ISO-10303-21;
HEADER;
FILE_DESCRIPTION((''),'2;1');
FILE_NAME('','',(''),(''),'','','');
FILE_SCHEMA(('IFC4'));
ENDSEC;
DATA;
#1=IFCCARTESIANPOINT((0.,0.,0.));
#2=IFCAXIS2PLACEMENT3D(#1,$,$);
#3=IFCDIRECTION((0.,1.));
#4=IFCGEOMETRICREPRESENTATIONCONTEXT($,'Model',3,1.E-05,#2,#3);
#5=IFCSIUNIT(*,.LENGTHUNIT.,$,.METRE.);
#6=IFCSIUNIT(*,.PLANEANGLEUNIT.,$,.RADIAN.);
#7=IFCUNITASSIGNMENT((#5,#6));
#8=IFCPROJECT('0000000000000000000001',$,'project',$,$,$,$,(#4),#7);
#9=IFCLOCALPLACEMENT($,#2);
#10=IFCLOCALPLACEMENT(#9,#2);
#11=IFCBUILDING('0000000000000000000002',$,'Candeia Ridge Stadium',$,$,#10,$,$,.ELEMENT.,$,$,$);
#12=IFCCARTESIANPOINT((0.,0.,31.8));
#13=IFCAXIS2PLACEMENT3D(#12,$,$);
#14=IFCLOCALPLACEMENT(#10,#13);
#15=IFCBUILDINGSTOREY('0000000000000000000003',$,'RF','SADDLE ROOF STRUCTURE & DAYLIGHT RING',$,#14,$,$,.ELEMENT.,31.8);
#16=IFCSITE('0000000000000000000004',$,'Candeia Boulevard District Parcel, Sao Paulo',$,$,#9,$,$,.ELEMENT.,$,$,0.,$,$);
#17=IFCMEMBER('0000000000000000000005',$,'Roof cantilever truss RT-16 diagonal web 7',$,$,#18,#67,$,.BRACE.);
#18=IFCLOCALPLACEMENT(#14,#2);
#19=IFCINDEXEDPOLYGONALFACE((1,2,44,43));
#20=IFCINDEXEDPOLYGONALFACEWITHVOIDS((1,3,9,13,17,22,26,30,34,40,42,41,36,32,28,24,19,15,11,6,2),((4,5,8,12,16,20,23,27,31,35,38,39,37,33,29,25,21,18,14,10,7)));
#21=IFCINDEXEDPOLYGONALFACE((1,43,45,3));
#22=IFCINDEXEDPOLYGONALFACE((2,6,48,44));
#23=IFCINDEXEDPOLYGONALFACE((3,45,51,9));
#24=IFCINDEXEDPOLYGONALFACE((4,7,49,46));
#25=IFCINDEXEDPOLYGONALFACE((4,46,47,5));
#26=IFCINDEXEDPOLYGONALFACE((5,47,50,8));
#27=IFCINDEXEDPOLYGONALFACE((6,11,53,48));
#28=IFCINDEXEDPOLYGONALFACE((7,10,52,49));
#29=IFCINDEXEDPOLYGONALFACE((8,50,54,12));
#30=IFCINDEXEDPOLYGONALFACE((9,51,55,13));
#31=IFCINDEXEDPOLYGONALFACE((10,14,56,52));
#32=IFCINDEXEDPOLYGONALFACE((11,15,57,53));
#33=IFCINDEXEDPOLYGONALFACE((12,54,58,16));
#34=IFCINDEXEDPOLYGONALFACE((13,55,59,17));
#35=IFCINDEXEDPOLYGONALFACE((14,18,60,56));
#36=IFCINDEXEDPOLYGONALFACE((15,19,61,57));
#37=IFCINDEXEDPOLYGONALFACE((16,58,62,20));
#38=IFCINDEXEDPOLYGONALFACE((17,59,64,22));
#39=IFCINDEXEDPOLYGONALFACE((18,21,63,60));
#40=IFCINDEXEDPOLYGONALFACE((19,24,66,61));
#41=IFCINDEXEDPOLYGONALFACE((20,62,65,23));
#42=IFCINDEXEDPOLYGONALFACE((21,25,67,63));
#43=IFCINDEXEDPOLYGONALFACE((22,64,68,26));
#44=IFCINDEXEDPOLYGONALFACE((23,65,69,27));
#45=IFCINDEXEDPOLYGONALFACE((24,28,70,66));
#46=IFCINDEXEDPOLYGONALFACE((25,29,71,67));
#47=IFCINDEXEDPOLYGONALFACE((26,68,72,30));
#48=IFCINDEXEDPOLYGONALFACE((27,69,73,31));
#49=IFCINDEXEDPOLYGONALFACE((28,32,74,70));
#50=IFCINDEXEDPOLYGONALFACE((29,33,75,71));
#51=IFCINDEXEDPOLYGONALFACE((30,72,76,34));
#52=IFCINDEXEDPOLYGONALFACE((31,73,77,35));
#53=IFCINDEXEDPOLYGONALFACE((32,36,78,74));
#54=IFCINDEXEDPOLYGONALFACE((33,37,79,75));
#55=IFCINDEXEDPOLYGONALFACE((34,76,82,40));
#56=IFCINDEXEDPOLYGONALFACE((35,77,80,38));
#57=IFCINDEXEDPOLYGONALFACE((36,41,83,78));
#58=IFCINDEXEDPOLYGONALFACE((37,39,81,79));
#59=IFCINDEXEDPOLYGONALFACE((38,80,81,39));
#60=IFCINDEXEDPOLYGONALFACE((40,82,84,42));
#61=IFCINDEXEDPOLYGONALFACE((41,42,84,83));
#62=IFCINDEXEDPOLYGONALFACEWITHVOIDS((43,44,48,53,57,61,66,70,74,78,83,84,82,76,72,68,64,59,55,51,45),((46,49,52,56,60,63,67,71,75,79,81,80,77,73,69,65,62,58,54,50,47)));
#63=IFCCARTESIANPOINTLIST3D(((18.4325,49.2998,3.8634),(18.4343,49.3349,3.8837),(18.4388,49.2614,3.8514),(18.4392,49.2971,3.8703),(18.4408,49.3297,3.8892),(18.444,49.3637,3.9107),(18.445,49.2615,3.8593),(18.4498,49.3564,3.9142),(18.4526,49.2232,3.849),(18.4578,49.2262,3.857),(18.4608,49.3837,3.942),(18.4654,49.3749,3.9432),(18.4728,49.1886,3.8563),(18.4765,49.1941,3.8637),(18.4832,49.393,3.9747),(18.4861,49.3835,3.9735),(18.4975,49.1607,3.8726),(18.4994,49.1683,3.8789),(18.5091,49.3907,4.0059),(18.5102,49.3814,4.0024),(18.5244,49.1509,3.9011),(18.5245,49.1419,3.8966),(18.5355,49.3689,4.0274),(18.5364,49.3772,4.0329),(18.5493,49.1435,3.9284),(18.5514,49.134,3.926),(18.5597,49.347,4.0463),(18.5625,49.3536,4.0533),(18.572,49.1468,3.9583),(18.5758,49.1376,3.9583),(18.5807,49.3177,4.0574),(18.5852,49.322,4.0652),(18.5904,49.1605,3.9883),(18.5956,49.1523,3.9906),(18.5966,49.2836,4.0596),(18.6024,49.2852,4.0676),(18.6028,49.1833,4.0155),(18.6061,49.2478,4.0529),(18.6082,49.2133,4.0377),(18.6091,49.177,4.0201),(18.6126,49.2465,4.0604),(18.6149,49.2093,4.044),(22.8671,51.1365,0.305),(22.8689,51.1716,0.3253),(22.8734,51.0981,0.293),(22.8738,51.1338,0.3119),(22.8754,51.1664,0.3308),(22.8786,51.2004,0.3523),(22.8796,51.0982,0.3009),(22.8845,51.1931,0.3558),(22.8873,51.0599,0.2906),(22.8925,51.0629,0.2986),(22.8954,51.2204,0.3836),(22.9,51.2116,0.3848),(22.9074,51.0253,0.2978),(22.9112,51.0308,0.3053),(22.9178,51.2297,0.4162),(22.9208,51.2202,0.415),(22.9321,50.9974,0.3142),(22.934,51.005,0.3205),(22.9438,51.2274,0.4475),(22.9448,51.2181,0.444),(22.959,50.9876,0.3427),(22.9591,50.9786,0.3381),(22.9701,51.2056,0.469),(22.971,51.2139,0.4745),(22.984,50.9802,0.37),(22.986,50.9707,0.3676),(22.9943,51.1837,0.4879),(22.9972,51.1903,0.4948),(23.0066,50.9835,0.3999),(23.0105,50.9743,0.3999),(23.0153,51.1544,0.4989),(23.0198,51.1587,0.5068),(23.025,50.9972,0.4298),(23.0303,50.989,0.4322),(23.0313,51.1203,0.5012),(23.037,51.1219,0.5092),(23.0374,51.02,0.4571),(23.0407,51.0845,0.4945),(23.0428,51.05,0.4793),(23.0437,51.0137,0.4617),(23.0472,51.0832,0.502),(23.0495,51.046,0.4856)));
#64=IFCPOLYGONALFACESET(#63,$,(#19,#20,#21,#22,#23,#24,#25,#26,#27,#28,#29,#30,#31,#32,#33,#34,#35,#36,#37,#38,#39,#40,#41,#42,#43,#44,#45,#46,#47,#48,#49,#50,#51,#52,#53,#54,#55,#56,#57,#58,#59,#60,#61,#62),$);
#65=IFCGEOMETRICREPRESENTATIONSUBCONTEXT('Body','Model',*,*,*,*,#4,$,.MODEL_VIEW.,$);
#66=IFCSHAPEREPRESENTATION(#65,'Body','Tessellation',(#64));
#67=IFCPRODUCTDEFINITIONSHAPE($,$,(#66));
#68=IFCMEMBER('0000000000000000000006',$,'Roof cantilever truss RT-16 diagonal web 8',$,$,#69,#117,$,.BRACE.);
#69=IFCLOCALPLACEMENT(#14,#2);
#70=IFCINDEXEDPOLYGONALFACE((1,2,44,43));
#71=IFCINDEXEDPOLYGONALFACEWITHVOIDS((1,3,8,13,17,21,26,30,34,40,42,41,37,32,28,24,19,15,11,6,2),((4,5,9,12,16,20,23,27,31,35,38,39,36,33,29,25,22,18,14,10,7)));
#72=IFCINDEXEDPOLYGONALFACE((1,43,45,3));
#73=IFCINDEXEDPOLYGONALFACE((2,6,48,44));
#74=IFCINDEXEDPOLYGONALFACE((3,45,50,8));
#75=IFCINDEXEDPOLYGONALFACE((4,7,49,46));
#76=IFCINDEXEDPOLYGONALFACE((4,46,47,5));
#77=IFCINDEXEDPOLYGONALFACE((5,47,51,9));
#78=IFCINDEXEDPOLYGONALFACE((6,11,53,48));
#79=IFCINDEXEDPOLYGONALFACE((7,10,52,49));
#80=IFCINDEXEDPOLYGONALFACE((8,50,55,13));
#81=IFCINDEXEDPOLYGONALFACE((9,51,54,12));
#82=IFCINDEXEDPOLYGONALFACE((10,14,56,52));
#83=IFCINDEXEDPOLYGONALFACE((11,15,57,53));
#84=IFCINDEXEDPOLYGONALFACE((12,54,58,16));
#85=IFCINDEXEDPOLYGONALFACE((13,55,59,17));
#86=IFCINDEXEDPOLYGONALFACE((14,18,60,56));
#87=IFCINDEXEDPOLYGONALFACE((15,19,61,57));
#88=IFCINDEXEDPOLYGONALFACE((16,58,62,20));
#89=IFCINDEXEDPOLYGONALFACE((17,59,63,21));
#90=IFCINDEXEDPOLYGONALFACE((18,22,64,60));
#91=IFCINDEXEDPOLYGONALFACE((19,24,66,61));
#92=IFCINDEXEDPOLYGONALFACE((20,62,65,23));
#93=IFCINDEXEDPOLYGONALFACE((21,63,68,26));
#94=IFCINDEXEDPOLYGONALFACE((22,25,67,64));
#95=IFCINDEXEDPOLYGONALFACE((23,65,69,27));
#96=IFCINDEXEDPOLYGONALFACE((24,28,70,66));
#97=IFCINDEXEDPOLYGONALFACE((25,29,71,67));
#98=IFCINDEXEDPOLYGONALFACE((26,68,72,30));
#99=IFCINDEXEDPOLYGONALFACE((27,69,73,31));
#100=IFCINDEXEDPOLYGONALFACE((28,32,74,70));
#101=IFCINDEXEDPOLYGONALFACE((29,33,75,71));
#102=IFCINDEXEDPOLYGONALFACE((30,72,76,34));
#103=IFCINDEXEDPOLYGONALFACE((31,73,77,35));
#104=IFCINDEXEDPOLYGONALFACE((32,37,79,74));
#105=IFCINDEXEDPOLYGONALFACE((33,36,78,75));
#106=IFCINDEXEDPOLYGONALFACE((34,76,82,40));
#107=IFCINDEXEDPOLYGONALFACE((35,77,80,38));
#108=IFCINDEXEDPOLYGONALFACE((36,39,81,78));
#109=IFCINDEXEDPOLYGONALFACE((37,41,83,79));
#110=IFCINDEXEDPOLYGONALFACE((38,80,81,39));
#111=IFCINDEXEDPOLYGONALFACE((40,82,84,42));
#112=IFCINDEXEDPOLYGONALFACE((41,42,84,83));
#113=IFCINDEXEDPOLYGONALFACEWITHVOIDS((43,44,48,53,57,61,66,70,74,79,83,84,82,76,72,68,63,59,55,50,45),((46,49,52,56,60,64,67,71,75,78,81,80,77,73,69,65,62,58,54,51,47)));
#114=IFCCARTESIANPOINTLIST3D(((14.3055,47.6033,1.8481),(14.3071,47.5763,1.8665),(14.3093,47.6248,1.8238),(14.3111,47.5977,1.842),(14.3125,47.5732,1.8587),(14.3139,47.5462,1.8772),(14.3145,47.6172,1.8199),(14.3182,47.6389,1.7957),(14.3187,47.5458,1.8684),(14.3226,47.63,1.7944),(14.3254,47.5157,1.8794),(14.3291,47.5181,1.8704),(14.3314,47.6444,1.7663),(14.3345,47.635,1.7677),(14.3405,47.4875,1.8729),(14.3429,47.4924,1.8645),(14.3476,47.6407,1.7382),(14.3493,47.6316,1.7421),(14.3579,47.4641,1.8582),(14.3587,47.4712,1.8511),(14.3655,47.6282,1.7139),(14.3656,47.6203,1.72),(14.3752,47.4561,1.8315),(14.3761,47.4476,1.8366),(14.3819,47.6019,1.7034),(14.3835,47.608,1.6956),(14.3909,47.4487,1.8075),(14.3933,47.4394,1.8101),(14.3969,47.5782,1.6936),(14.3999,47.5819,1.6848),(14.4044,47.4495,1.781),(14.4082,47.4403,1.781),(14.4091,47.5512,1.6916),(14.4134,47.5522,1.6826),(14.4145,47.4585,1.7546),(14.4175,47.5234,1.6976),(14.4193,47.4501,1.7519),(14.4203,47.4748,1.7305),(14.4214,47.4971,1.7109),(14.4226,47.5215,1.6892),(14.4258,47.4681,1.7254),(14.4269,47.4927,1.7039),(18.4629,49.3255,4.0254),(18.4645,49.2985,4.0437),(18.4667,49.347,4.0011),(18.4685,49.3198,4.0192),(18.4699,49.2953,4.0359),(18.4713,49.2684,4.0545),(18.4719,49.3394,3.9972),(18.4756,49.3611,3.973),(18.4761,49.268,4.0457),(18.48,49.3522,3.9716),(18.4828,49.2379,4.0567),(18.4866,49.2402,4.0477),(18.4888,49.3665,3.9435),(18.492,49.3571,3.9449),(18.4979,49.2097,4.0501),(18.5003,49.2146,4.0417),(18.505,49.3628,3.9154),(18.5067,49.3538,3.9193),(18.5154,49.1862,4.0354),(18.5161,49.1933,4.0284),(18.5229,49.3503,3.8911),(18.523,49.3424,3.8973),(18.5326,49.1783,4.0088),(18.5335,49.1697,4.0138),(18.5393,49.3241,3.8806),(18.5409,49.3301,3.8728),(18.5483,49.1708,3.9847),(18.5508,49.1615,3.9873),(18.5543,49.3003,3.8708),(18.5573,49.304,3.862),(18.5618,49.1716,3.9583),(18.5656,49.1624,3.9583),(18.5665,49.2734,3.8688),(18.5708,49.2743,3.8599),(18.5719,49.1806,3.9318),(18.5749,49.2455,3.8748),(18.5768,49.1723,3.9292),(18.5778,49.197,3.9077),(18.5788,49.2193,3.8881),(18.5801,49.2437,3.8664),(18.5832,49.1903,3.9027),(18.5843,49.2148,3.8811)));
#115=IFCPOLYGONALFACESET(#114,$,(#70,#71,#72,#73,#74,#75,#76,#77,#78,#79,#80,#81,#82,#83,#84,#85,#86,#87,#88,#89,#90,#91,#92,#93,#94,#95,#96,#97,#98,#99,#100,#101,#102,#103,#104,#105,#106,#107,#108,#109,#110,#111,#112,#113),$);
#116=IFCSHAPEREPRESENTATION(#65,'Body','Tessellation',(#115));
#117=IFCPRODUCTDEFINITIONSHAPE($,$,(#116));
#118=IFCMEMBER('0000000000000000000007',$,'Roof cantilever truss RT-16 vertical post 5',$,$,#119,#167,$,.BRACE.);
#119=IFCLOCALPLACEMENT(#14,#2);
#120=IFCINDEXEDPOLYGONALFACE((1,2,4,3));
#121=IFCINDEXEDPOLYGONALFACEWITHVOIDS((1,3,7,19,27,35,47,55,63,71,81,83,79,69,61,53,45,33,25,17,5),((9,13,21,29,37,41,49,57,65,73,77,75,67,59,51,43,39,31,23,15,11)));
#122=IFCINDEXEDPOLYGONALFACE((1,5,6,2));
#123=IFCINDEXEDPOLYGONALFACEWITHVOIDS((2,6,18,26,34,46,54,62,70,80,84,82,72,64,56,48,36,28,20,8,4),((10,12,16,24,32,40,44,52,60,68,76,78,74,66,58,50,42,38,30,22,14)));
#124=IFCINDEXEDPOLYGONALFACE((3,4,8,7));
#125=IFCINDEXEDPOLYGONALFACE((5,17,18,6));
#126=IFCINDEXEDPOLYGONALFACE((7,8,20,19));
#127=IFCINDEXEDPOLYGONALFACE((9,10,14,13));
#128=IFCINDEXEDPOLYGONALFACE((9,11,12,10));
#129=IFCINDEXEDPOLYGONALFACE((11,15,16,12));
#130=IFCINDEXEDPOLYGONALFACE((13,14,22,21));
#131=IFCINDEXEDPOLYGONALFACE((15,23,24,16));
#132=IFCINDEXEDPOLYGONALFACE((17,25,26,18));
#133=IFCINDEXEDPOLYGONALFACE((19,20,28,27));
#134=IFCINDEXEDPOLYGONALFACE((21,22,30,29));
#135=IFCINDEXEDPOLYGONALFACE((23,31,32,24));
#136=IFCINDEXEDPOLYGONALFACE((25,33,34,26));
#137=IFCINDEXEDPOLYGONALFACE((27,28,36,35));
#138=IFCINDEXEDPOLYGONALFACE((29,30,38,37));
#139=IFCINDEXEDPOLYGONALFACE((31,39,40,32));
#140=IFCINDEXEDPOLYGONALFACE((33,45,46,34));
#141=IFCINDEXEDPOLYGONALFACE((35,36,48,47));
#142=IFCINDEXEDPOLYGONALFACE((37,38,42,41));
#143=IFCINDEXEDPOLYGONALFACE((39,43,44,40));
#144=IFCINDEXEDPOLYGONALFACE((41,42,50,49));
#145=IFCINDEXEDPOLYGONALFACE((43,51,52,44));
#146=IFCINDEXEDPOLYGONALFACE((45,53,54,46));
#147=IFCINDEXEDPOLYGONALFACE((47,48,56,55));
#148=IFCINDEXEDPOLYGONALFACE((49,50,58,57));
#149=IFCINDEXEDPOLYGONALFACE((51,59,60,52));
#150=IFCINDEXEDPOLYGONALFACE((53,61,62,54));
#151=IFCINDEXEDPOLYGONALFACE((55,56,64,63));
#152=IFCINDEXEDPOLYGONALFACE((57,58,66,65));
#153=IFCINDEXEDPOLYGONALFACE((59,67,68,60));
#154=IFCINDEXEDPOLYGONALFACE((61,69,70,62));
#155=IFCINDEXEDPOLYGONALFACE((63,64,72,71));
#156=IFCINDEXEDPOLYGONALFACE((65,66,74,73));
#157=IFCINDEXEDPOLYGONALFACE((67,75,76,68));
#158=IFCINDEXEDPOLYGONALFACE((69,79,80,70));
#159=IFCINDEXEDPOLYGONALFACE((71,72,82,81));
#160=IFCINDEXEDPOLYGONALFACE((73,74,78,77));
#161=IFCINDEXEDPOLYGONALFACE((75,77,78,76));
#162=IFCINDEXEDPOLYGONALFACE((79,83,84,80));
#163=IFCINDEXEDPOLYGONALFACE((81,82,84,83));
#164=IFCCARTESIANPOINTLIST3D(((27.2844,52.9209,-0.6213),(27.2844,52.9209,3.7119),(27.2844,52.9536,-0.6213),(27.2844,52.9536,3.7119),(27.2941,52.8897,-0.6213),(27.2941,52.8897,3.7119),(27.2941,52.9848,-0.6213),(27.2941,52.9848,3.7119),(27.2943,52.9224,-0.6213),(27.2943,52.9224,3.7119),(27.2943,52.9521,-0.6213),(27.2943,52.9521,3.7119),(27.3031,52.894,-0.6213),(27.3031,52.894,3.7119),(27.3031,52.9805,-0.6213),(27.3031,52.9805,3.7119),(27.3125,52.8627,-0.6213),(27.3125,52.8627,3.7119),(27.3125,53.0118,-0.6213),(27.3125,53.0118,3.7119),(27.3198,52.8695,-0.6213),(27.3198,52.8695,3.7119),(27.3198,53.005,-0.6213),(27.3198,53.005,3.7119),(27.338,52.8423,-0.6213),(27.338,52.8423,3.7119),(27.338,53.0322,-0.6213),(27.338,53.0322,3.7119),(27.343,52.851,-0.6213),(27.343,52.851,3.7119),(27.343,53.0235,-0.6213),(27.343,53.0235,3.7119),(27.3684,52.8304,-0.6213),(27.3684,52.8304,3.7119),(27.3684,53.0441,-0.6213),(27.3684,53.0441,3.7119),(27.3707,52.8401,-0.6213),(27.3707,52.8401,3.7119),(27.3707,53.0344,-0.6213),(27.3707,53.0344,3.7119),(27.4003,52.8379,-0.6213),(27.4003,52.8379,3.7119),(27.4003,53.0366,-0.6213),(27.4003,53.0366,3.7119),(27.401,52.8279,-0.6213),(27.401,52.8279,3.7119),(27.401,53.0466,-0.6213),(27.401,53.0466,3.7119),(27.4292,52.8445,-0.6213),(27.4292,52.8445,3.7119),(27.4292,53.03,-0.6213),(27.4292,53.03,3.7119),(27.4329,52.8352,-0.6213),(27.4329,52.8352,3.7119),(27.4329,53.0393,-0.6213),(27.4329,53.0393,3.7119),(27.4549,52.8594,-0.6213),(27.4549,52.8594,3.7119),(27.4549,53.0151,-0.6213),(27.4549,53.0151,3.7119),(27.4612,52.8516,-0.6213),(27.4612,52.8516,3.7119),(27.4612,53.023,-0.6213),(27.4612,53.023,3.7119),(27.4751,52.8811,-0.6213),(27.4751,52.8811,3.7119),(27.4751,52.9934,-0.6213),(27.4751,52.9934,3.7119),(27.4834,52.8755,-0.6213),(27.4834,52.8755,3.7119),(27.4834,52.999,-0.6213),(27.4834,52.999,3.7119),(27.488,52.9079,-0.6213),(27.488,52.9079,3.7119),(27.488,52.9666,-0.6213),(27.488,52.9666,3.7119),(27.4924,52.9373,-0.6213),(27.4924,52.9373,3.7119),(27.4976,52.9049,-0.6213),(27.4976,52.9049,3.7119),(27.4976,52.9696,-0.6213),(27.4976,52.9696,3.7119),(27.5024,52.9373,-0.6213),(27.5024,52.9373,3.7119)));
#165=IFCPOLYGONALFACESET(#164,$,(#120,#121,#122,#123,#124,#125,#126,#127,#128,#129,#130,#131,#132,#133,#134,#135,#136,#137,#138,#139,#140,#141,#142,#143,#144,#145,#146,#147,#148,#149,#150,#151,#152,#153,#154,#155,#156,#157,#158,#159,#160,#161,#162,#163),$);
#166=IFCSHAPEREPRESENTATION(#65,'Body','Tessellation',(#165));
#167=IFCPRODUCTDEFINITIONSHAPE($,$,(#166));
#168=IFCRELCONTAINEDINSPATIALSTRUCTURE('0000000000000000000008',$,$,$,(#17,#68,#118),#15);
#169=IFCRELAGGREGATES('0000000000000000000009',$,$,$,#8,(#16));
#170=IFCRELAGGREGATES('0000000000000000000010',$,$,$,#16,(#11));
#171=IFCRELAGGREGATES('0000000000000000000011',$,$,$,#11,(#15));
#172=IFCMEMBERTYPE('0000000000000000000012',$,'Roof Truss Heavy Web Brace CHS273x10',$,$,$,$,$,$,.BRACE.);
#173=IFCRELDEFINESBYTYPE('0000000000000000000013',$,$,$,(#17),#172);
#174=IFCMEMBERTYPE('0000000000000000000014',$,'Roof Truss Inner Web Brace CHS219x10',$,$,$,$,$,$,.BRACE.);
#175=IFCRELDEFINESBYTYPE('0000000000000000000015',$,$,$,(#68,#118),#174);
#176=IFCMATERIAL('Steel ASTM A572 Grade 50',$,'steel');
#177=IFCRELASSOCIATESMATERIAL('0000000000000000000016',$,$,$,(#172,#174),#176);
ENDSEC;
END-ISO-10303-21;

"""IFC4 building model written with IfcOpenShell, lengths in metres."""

from ifc_helpers import new_model, si_unit, direction, frame, origin, origin_2d, place, context, subcontext, project, spatial, hollow_circle, extrude, material, material_profile, profile_set, type_object, element, save


model = new_model("IFC4")

# Units and contexts
model_context = context("Model", 3, precision=1e-05, world=origin(), true_north=direction((0.0, 1.0)))
body_context = subcontext(model_context, "Body", "Model", "MODEL_VIEW")
ifc_project = project(units=[si_unit("LENGTHUNIT", "METRE"), si_unit("PLANEANGLEUNIT", "RADIAN")], contexts=[model_context])

# Site, building, storey
site_placement = place(None, origin())
site = spatial("IfcSite", under=ifc_project, at=site_placement, Name="Candeia Boulevard District Parcel, Sao Paulo", CompositionType="ELEMENT", RefElevation=0.0)
building_placement = place(site_placement, origin())
building = spatial("IfcBuilding", under=site, at=building_placement, Name="Candeia Ridge Stadium", CompositionType="ELEMENT")
storey_placement = place(building_placement, frame((0.0, 0.0, 31.8)))
storey = spatial("IfcBuildingStorey", under=building, at=storey_placement, Name="RF", Description="SADDLE ROOF STRUCTURE & DAYLIGHT RING", CompositionType="ELEMENT", Elevation=31.8)

# Shared definitions
ifc_material_1 = material(Name="Steel ASTM A572 Grade 50", Category="steel")

# Members
ifc_material_profile_1 = material_profile(ifc_material_1, hollow_circle(Radius=0.1365, WallThickness=0.01, at=origin_2d()), Name="CHS273x10", Category="steel")
ifc_profile_set_1 = profile_set([ifc_material_profile_1], Name="Steel ASTM A572 Grade 50")
member_type_1 = type_object("IfcMemberType", Name="Roof Truss Heavy Web Brace CHS273x10", PredefinedType="BRACE", material=ifc_profile_set_1)
member_1_placement = place(storey_placement, frame((22.9583, 51.1003, 0.3999), z_axis=(-0.742188, -0.307392, 0.59554), x_axis=(0.38265, -0.923893, 0.0)))
element("IfcMember", 1, at=member_1_placement, inside=storey, type_object=member_type_1, Name="Roof cantilever truss RT-16 diagonal web 7", PredefinedType="BRACE", context=body_context, shape_type="SweptSolid", body=[
    extrude(hollow_circle(Radius=0.1365, WallThickness=0.01, at=origin_2d()), origin(), (0.0, 0.0, 1.0), 5.9751),
])
ifc_material_profile_2 = material_profile(ifc_material_1, hollow_circle(Radius=0.1096, WallThickness=0.01, at=origin_2d()), Name="CHS219x10", Category="steel")
ifc_profile_set_2 = profile_set([ifc_material_profile_2], Name="Steel ASTM A572 Grade 50")
member_type_2 = type_object("IfcMemberType", Name="Roof Truss Inner Web Brace CHS219x10", PredefinedType="BRACE", material=ifc_profile_set_2)
member_2_placement = place(storey_placement, frame((18.5237, 49.2637, 3.9583), z_axis=(-0.831647, -0.344497, -0.435529), x_axis=(0.3827, -0.923873, 0.0)))
element("IfcMember", 2, at=member_2_placement, inside=storey, type_object=member_type_2, Name="Roof cantilever truss RT-16 diagonal web 8", PredefinedType="BRACE", context=body_context, shape_type="SweptSolid", body=[
    extrude(hollow_circle(Radius=0.1096, WallThickness=0.01, at=origin_2d()), origin(), (0.0, 0.0, 1.0), 4.999),
])
member_3_placement = place(storey_placement, frame((27.3928, 52.9373, -0.6213), z_axis=(0.0, 0.0, 1.0), x_axis=(1.0, 0.0, 0.0)))
element("IfcMember", 3, at=member_3_placement, inside=storey, type_object=member_type_2, Name="Roof cantilever truss RT-16 vertical post 5", PredefinedType="BRACE", context=body_context, shape_type="SweptSolid", body=[
    extrude(hollow_circle(Radius=0.1096, WallThickness=0.01, at=origin_2d()), origin(), (0.0, 0.0, 1.0), 4.3333),
])

save(model, "model.ifc")
